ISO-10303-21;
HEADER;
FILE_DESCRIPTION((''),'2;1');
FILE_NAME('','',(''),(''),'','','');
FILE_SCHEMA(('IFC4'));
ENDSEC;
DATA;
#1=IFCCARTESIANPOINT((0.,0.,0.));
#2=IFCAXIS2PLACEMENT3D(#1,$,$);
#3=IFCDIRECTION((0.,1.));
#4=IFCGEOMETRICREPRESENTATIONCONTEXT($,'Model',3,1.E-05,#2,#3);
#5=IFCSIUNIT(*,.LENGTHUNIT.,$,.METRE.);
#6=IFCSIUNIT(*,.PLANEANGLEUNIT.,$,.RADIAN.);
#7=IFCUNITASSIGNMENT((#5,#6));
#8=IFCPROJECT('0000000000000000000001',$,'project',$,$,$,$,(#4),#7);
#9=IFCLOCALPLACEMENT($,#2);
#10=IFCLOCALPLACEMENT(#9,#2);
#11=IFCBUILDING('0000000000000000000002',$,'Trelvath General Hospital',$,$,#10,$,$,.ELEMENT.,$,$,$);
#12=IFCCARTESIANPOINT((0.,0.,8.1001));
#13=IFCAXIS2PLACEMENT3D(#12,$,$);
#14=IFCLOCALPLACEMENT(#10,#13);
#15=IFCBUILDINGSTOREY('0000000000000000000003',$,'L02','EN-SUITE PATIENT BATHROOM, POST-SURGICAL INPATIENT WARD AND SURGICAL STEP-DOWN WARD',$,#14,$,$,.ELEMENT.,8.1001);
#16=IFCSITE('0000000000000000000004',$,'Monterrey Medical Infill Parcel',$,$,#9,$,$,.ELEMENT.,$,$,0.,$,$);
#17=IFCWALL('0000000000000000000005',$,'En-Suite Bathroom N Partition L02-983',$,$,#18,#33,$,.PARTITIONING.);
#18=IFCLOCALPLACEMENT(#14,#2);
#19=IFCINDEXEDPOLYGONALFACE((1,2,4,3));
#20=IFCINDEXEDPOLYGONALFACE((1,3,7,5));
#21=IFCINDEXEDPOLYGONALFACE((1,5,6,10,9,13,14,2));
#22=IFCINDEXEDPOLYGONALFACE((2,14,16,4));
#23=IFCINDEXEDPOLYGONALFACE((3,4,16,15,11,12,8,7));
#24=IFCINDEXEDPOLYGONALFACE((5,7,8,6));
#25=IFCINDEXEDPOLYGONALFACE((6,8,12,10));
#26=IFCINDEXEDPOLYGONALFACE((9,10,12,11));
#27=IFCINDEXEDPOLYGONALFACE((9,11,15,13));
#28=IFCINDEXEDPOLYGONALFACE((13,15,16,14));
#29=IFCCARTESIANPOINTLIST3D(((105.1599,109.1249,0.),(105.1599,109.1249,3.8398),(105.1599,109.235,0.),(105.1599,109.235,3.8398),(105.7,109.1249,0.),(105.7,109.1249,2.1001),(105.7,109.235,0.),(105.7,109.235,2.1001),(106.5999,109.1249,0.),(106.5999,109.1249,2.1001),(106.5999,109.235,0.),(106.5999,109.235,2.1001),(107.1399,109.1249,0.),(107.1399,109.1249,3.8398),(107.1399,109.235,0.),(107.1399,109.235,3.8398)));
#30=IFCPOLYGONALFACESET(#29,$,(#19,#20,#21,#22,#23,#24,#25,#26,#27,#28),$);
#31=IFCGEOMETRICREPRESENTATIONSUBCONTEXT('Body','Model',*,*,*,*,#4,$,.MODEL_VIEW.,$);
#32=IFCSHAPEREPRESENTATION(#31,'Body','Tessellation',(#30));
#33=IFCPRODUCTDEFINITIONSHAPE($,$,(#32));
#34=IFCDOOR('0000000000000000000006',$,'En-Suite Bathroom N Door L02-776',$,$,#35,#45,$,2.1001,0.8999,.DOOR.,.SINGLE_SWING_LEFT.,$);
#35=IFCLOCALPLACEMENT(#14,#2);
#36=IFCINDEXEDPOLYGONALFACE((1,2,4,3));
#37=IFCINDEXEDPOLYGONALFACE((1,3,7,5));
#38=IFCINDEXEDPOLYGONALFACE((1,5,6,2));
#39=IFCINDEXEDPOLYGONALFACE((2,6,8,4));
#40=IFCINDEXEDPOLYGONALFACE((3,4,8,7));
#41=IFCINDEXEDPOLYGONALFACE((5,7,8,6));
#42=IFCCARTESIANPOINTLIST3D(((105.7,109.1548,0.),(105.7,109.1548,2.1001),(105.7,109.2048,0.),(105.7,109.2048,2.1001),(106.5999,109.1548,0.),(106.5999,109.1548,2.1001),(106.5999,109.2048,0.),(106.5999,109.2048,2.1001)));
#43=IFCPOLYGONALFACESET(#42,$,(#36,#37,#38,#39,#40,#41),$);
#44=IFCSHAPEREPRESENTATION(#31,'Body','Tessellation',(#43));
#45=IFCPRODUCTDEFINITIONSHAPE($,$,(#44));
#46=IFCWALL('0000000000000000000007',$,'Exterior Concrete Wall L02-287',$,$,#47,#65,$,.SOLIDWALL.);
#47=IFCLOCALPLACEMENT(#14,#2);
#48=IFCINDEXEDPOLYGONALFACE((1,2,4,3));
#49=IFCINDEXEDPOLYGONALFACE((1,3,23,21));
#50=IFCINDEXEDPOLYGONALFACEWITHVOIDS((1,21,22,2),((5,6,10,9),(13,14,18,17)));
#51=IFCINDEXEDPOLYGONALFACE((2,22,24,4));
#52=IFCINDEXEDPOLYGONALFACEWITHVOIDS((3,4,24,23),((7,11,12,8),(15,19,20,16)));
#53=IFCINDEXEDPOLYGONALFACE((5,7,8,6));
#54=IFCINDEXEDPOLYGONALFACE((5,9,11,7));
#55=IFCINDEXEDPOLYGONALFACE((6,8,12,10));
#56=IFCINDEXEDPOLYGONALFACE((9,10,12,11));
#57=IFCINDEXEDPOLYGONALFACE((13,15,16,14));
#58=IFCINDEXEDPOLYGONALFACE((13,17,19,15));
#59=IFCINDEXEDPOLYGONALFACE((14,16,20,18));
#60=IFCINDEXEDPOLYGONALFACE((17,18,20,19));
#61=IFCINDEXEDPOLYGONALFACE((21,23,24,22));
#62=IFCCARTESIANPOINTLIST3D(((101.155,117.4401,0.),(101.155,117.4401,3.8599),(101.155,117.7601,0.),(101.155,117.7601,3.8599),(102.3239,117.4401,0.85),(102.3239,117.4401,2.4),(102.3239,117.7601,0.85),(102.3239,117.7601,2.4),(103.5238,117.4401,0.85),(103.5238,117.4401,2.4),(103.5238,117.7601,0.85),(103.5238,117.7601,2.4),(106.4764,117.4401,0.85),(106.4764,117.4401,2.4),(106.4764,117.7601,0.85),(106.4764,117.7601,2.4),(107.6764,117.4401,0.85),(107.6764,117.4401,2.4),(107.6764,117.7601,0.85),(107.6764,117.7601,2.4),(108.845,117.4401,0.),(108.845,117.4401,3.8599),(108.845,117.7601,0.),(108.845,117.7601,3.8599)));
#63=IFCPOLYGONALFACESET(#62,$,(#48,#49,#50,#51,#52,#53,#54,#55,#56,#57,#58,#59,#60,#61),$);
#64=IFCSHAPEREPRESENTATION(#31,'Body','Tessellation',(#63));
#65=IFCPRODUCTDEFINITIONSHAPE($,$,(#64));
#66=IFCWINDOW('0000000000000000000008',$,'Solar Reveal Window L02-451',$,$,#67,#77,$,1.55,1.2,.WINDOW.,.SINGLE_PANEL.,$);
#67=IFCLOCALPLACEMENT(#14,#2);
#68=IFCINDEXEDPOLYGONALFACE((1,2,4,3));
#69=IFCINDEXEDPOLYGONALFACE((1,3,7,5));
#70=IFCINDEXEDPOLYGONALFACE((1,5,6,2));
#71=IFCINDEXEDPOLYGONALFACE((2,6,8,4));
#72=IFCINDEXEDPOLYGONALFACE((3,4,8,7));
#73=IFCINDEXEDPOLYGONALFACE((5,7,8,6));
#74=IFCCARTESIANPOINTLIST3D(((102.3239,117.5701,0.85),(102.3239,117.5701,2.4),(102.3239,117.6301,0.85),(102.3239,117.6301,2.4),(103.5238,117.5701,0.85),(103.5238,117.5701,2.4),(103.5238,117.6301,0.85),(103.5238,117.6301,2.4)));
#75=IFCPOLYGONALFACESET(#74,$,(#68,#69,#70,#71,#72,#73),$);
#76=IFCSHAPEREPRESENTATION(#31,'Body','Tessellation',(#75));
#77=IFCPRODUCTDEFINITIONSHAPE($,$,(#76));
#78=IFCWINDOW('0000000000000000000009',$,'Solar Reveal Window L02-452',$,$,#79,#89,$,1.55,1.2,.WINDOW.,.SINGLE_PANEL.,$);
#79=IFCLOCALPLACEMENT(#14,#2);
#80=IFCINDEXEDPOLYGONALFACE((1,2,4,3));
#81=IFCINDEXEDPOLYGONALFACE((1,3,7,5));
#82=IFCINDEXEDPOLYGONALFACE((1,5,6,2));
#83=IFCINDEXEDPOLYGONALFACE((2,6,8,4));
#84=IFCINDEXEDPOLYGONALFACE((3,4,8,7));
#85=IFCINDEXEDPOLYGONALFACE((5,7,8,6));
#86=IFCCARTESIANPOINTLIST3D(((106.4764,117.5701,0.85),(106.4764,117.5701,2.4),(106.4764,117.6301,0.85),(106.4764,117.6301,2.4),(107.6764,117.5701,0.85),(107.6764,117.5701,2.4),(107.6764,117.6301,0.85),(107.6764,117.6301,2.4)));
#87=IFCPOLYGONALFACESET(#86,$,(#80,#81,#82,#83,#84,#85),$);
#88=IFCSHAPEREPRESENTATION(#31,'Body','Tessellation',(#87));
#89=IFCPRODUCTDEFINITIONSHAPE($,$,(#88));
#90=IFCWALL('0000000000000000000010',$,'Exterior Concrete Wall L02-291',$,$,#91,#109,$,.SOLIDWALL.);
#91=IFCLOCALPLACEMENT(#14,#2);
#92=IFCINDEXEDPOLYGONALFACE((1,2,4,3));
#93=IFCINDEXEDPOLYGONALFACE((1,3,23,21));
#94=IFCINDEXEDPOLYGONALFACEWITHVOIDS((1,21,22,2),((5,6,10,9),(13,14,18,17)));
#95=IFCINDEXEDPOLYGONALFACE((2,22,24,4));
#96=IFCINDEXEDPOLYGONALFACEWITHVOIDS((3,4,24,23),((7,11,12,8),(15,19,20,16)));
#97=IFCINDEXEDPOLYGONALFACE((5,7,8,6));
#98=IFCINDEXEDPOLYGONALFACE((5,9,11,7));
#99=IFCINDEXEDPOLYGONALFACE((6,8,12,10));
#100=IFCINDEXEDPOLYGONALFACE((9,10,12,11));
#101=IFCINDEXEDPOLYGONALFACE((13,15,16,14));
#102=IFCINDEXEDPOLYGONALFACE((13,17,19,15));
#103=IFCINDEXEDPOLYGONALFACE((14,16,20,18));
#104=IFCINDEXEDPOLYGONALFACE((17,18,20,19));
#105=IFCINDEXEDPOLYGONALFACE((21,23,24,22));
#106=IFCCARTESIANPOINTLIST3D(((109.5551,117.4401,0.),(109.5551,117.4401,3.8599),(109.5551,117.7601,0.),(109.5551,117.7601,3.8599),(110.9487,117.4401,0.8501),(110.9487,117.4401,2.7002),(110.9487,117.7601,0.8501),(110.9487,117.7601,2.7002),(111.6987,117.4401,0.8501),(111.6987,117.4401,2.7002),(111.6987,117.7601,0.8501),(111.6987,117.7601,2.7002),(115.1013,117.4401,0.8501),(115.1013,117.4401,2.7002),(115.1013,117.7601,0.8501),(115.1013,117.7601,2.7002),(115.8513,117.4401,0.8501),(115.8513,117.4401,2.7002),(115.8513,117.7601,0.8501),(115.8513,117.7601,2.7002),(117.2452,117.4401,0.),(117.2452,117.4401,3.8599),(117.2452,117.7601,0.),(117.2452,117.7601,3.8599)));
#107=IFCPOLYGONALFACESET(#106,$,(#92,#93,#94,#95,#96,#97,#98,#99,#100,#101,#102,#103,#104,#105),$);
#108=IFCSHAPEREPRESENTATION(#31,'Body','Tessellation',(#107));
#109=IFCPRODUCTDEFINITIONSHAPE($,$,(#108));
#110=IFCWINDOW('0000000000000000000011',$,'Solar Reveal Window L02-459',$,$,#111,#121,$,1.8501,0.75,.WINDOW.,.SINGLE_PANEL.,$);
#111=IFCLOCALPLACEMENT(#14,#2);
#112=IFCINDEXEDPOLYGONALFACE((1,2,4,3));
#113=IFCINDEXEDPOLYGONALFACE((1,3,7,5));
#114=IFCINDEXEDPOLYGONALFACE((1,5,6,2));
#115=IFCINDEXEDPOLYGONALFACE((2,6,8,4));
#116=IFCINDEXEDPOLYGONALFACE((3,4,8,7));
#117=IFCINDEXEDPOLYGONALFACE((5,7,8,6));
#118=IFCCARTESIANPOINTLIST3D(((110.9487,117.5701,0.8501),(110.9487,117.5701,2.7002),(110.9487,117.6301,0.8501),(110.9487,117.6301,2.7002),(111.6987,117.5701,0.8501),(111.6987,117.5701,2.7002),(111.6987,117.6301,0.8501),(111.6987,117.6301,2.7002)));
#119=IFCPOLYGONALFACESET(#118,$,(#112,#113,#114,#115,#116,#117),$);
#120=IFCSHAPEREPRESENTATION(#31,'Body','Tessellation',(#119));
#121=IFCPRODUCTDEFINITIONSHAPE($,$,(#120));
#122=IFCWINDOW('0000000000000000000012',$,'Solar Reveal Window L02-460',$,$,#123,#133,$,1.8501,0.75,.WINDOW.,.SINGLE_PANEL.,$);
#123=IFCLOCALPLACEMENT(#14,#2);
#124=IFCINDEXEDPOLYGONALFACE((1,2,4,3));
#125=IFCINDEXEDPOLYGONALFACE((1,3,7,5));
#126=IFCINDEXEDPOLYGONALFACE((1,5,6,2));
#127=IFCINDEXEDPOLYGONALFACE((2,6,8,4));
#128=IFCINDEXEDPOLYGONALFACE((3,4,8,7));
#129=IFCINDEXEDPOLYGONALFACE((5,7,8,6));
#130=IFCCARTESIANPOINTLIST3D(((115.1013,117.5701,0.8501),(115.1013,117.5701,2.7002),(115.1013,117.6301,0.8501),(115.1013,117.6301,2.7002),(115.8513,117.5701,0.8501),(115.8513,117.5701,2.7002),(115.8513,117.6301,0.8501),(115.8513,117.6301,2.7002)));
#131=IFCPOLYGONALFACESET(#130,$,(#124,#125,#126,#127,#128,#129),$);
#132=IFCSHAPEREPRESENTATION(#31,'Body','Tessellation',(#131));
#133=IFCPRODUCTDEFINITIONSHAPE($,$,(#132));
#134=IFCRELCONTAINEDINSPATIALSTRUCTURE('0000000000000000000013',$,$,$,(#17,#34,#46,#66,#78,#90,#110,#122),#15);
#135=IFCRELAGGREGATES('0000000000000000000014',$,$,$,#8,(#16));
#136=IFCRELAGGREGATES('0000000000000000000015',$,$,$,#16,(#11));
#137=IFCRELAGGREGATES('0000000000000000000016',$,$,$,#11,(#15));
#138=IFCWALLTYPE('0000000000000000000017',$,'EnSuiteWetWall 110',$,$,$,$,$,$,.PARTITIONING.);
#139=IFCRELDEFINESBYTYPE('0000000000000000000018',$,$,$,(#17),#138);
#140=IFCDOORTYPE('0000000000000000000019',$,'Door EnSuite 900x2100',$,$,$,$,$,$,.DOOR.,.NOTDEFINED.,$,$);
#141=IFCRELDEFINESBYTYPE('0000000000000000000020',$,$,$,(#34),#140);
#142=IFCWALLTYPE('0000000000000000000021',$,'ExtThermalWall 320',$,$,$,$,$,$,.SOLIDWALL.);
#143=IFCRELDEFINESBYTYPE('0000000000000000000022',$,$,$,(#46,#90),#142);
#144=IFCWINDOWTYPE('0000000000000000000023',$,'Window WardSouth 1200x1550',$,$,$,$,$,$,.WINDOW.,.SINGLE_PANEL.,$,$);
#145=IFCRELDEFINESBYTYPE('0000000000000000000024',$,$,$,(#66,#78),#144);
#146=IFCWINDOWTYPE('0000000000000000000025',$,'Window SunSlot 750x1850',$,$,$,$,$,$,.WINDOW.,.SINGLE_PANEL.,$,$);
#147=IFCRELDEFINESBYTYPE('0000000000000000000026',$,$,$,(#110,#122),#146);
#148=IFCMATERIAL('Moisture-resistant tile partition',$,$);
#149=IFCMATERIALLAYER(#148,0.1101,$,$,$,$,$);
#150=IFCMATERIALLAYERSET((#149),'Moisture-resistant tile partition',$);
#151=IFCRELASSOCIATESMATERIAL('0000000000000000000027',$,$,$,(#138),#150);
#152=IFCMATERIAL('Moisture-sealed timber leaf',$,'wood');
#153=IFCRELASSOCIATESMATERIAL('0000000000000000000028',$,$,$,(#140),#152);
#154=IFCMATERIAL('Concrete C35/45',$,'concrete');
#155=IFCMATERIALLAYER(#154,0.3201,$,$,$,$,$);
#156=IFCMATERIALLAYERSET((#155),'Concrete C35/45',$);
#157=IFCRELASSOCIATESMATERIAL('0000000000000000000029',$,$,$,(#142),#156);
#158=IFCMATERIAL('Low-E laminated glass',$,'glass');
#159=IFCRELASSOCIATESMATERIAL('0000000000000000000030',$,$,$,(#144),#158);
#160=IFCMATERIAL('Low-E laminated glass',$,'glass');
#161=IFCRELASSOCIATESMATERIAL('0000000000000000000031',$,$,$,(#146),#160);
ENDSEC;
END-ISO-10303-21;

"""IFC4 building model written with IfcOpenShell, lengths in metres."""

from ifc_helpers import new_model, si_unit, direction, frame, frame_2d, origin, place, context, subcontext, project, spatial, rectangle, extrude, material, layer, layer_set, type_object, element, fill, save


model = new_model("IFC4")

# Units and contexts
model_context = context("Model", 3, precision=1e-05, world=origin(), true_north=direction((0.0, 1.0)))
body_context = subcontext(model_context, "Body", "Model", "MODEL_VIEW")
ifc_project = project(units=[si_unit("LENGTHUNIT", "METRE"), si_unit("PLANEANGLEUNIT", "RADIAN")], contexts=[model_context])

# Site, building, storey
site_placement = place(None, origin())
site = spatial("IfcSite", under=ifc_project, at=site_placement, Name="Monterrey Medical Infill Parcel", CompositionType="ELEMENT", RefElevation=0.0)
building_placement = place(site_placement, origin())
building = spatial("IfcBuilding", under=site, at=building_placement, Name="Trelvath General Hospital", CompositionType="ELEMENT")
storey_placement = place(building_placement, frame((0.0, 0.0, 8.1001)))
storey = spatial("IfcBuildingStorey", under=building, at=storey_placement, Name="L02", Description="EN-SUITE PATIENT BATHROOM, POST-SURGICAL INPATIENT WARD AND SURGICAL STEP-DOWN WARD", CompositionType="ELEMENT", Elevation=8.1001)

# Shared definitions
ifc_material_1 = material(Name="Moisture-resistant tile partition")
ifc_layer_1 = layer(ifc_material_1, 0.1101)
ifc_layer_set_1 = layer_set([ifc_layer_1], Name="Moisture-resistant tile partition")
wall_type_1 = type_object("IfcWallType", Name="EnSuiteWetWall 110", PredefinedType="PARTITIONING", material=ifc_layer_set_1)
ifc_material_2 = material(Name="Moisture-sealed timber leaf", Category="wood")
door_type = type_object("IfcDoorType", Name="Door EnSuite 900x2100", OperationType="NOTDEFINED", PredefinedType="DOOR", material=ifc_material_2)

# Wall, opening, door
wall_1_placement = place(storey_placement, frame((105.1599, 109.1799, 0.0), z_axis=(0.0, 0.0, 1.0), x_axis=(1.0, 0.0, 0.0)))
wall_1 = element("IfcWall", 1, at=wall_1_placement, inside=storey, type_object=wall_type_1, Name="En-Suite Bathroom N Partition L02-983", PredefinedType="PARTITIONING", context=body_context, shape_type="SweptSolid", body=[
    extrude(rectangle(XDim=1.98, YDim=0.1101, at=frame_2d((0.99, 0.0))), origin(), (0.0, 0.0, 1.0), 3.8398),
])
opening_1_placement = place(wall_1_placement, frame((0.54, 0.0, 0.0)))
opening_1 = element("IfcOpeningElement", 2, at=opening_1_placement, cuts=wall_1, PredefinedType="OPENING", context=body_context, shape_type="SweptSolid", body=[
    extrude(rectangle(XDim=0.8999, YDim=2.1001, at=frame_2d((0.45, 1.05))), frame((0.0, 0.0649, 0.0), z_axis=(0.0, -1.0, 0.0), x_axis=(1.0, 0.0, 0.0)), (0.0, 0.0, 1.0), 0.1301),
])
door_1_placement = place(opening_1_placement, origin())
door_1 = element("IfcDoor", 3, at=door_1_placement, inside=storey, type_object=door_type, Name="En-Suite Bathroom N Door L02-776", OperationType="SINGLE_SWING_LEFT", OverallHeight=2.1001, OverallWidth=0.8999, PredefinedType="DOOR", context=body_context, shape_type="SweptSolid", body=[
    extrude(rectangle(XDim=0.8999, YDim=2.1001, at=frame_2d((0.45, 1.05))), frame((0.0, 0.0249, 0.0), z_axis=(0.0, -1.0, 0.0), x_axis=(1.0, 0.0, 0.0)), (0.0, 0.0, 1.0), 0.05),
])
fill(opening_1, door_1)

# Walls, openings, windows
ifc_material_3 = material(Name="Concrete C35/45", Category="concrete")
ifc_layer_2 = layer(ifc_material_3, 0.3201)
ifc_layer_set_2 = layer_set([ifc_layer_2], Name="Concrete C35/45")
wall_type_2 = type_object("IfcWallType", Name="ExtThermalWall 320", PredefinedType="SOLIDWALL", material=ifc_layer_set_2)
wall_2_placement = place(storey_placement, frame((101.155, 117.6001, 0.0), z_axis=(0.0, 0.0, 1.0), x_axis=(1.0, 0.0, 0.0)))
wall_2 = element("IfcWall", 4, at=wall_2_placement, inside=storey, type_object=wall_type_2, Name="Exterior Concrete Wall L02-287", PredefinedType="SOLIDWALL", context=body_context, shape_type="SweptSolid", body=[
    extrude(rectangle(XDim=7.6899, YDim=0.3201, at=frame_2d((3.845, 0.0))), origin(), (0.0, 0.0, 1.0), 3.8599),
])
opening_2_placement = place(wall_2_placement, frame((1.1687, 0.0, 0.8501)))
opening_2 = element("IfcOpeningElement", 5, at=opening_2_placement, cuts=wall_2, PredefinedType="OPENING", context=body_context, shape_type="SweptSolid", body=[
    extrude(rectangle(XDim=1.2, YDim=1.55, at=frame_2d((0.6001, 0.7749))), frame((0.0, 0.1699, 0.0), z_axis=(0.0, -1.0, 0.0), x_axis=(1.0, 0.0, 0.0)), (0.0, 0.0, 1.0), 0.3401),
])
opening_3_placement = place(wall_2_placement, frame((5.3213, 0.0, 0.8501)))
opening_3 = element("IfcOpeningElement", 6, at=opening_3_placement, cuts=wall_2, PredefinedType="OPENING", context=body_context, shape_type="SweptSolid", body=[
    extrude(rectangle(XDim=1.2, YDim=1.55, at=frame_2d((0.6001, 0.7749))), frame((0.0, 0.1699, 0.0), z_axis=(0.0, -1.0, 0.0), x_axis=(1.0, 0.0, 0.0)), (0.0, 0.0, 1.0), 0.3401),
])
ifc_material_4 = material(Name="Low-E laminated glass", Category="glass")
window_type_1 = type_object("IfcWindowType", Name="Window WardSouth 1200x1550", PartitioningType="SINGLE_PANEL", PredefinedType="WINDOW", material=ifc_material_4)
window_1_placement = place(opening_2_placement, origin())
window_1 = element("IfcWindow", 7, at=window_1_placement, inside=storey, type_object=window_type_1, Name="Solar Reveal Window L02-451", OverallHeight=1.55, OverallWidth=1.2, PartitioningType="SINGLE_PANEL", PredefinedType="WINDOW", context=body_context, shape_type="SweptSolid", body=[
    extrude(rectangle(XDim=1.2, YDim=1.55, at=frame_2d((0.6001, 0.7749))), frame((0.0, 0.03, 0.0), z_axis=(0.0, -1.0, 0.0), x_axis=(1.0, 0.0, 0.0)), (0.0, 0.0, 1.0), 0.0601),
])
fill(opening_2, window_1)
window_2_placement = place(opening_3_placement, origin())
window_2 = element("IfcWindow", 8, at=window_2_placement, inside=storey, type_object=window_type_1, Name="Solar Reveal Window L02-452", OverallHeight=1.55, OverallWidth=1.2, PartitioningType="SINGLE_PANEL", PredefinedType="WINDOW", context=body_context, shape_type="SweptSolid", body=[
    extrude(rectangle(XDim=1.2, YDim=1.55, at=frame_2d((0.6001, 0.7749))), frame((0.0, 0.03, 0.0), z_axis=(0.0, -1.0, 0.0), x_axis=(1.0, 0.0, 0.0)), (0.0, 0.0, 1.0), 0.0601),
])
fill(opening_3, window_2)
wall_3_placement = place(storey_placement, frame((109.5549, 117.6001, 0.0), z_axis=(0.0, 0.0, 1.0), x_axis=(1.0, 0.0, 0.0)))
wall_3 = element("IfcWall", 9, at=wall_3_placement, inside=storey, type_object=wall_type_2, Name="Exterior Concrete Wall L02-291", PredefinedType="SOLIDWALL", context=body_context, shape_type="SweptSolid", body=[
    extrude(rectangle(XDim=7.6902, YDim=0.3201, at=frame_2d((3.8452, 0.0))), origin(), (0.0, 0.0, 1.0), 3.8599),
])
opening_4_placement = place(wall_3_placement, frame((1.3938, 0.0, 0.8501)))
opening_4 = element("IfcOpeningElement", 10, at=opening_4_placement, cuts=wall_3, PredefinedType="OPENING", context=body_context, shape_type="SweptSolid", body=[
    extrude(rectangle(XDim=0.75, YDim=1.8501, at=frame_2d((0.375, 0.925))), frame((0.0, 0.1699, 0.0), z_axis=(0.0, -1.0, 0.0), x_axis=(1.0, 0.0, 0.0)), (0.0, 0.0, 1.0), 0.3401),
])
opening_5_placement = place(wall_3_placement, frame((5.5464, 0.0, 0.8501)))
opening_5 = element("IfcOpeningElement", 11, at=opening_5_placement, cuts=wall_3, PredefinedType="OPENING", context=body_context, shape_type="SweptSolid", body=[
    extrude(rectangle(XDim=0.75, YDim=1.8501, at=frame_2d((0.375, 0.925))), frame((0.0, 0.1699, 0.0), z_axis=(0.0, -1.0, 0.0), x_axis=(1.0, 0.0, 0.0)), (0.0, 0.0, 1.0), 0.3401),
])
ifc_material_5 = material(Name="Low-E laminated glass", Category="glass")
window_type_2 = type_object("IfcWindowType", Name="Window SunSlot 750x1850", PartitioningType="SINGLE_PANEL", PredefinedType="WINDOW", material=ifc_material_5)
window_3_placement = place(opening_4_placement, origin())
window_3 = element("IfcWindow", 12, at=window_3_placement, inside=storey, type_object=window_type_2, Name="Solar Reveal Window L02-459", OverallHeight=1.8501, OverallWidth=0.75, PartitioningType="SINGLE_PANEL", PredefinedType="WINDOW", context=body_context, shape_type="SweptSolid", body=[
    extrude(rectangle(XDim=0.75, YDim=1.8501, at=frame_2d((0.375, 0.925))), frame((0.0, 0.03, 0.0), z_axis=(0.0, -1.0, 0.0), x_axis=(1.0, 0.0, 0.0)), (0.0, 0.0, 1.0), 0.0601),
])
fill(opening_4, window_3)
window_4_placement = place(opening_5_placement, origin())
window_4 = element("IfcWindow", 13, at=window_4_placement, inside=storey, type_object=window_type_2, Name="Solar Reveal Window L02-460", OverallHeight=1.8501, OverallWidth=0.75, PartitioningType="SINGLE_PANEL", PredefinedType="WINDOW", context=body_context, shape_type="SweptSolid", body=[
    extrude(rectangle(XDim=0.75, YDim=1.8501, at=frame_2d((0.375, 0.925))), frame((0.0, 0.03, 0.0), z_axis=(0.0, -1.0, 0.0), x_axis=(1.0, 0.0, 0.0)), (0.0, 0.0, 1.0), 0.0601),
])
fill(opening_5, window_4)

save(model, "model.ifc")
